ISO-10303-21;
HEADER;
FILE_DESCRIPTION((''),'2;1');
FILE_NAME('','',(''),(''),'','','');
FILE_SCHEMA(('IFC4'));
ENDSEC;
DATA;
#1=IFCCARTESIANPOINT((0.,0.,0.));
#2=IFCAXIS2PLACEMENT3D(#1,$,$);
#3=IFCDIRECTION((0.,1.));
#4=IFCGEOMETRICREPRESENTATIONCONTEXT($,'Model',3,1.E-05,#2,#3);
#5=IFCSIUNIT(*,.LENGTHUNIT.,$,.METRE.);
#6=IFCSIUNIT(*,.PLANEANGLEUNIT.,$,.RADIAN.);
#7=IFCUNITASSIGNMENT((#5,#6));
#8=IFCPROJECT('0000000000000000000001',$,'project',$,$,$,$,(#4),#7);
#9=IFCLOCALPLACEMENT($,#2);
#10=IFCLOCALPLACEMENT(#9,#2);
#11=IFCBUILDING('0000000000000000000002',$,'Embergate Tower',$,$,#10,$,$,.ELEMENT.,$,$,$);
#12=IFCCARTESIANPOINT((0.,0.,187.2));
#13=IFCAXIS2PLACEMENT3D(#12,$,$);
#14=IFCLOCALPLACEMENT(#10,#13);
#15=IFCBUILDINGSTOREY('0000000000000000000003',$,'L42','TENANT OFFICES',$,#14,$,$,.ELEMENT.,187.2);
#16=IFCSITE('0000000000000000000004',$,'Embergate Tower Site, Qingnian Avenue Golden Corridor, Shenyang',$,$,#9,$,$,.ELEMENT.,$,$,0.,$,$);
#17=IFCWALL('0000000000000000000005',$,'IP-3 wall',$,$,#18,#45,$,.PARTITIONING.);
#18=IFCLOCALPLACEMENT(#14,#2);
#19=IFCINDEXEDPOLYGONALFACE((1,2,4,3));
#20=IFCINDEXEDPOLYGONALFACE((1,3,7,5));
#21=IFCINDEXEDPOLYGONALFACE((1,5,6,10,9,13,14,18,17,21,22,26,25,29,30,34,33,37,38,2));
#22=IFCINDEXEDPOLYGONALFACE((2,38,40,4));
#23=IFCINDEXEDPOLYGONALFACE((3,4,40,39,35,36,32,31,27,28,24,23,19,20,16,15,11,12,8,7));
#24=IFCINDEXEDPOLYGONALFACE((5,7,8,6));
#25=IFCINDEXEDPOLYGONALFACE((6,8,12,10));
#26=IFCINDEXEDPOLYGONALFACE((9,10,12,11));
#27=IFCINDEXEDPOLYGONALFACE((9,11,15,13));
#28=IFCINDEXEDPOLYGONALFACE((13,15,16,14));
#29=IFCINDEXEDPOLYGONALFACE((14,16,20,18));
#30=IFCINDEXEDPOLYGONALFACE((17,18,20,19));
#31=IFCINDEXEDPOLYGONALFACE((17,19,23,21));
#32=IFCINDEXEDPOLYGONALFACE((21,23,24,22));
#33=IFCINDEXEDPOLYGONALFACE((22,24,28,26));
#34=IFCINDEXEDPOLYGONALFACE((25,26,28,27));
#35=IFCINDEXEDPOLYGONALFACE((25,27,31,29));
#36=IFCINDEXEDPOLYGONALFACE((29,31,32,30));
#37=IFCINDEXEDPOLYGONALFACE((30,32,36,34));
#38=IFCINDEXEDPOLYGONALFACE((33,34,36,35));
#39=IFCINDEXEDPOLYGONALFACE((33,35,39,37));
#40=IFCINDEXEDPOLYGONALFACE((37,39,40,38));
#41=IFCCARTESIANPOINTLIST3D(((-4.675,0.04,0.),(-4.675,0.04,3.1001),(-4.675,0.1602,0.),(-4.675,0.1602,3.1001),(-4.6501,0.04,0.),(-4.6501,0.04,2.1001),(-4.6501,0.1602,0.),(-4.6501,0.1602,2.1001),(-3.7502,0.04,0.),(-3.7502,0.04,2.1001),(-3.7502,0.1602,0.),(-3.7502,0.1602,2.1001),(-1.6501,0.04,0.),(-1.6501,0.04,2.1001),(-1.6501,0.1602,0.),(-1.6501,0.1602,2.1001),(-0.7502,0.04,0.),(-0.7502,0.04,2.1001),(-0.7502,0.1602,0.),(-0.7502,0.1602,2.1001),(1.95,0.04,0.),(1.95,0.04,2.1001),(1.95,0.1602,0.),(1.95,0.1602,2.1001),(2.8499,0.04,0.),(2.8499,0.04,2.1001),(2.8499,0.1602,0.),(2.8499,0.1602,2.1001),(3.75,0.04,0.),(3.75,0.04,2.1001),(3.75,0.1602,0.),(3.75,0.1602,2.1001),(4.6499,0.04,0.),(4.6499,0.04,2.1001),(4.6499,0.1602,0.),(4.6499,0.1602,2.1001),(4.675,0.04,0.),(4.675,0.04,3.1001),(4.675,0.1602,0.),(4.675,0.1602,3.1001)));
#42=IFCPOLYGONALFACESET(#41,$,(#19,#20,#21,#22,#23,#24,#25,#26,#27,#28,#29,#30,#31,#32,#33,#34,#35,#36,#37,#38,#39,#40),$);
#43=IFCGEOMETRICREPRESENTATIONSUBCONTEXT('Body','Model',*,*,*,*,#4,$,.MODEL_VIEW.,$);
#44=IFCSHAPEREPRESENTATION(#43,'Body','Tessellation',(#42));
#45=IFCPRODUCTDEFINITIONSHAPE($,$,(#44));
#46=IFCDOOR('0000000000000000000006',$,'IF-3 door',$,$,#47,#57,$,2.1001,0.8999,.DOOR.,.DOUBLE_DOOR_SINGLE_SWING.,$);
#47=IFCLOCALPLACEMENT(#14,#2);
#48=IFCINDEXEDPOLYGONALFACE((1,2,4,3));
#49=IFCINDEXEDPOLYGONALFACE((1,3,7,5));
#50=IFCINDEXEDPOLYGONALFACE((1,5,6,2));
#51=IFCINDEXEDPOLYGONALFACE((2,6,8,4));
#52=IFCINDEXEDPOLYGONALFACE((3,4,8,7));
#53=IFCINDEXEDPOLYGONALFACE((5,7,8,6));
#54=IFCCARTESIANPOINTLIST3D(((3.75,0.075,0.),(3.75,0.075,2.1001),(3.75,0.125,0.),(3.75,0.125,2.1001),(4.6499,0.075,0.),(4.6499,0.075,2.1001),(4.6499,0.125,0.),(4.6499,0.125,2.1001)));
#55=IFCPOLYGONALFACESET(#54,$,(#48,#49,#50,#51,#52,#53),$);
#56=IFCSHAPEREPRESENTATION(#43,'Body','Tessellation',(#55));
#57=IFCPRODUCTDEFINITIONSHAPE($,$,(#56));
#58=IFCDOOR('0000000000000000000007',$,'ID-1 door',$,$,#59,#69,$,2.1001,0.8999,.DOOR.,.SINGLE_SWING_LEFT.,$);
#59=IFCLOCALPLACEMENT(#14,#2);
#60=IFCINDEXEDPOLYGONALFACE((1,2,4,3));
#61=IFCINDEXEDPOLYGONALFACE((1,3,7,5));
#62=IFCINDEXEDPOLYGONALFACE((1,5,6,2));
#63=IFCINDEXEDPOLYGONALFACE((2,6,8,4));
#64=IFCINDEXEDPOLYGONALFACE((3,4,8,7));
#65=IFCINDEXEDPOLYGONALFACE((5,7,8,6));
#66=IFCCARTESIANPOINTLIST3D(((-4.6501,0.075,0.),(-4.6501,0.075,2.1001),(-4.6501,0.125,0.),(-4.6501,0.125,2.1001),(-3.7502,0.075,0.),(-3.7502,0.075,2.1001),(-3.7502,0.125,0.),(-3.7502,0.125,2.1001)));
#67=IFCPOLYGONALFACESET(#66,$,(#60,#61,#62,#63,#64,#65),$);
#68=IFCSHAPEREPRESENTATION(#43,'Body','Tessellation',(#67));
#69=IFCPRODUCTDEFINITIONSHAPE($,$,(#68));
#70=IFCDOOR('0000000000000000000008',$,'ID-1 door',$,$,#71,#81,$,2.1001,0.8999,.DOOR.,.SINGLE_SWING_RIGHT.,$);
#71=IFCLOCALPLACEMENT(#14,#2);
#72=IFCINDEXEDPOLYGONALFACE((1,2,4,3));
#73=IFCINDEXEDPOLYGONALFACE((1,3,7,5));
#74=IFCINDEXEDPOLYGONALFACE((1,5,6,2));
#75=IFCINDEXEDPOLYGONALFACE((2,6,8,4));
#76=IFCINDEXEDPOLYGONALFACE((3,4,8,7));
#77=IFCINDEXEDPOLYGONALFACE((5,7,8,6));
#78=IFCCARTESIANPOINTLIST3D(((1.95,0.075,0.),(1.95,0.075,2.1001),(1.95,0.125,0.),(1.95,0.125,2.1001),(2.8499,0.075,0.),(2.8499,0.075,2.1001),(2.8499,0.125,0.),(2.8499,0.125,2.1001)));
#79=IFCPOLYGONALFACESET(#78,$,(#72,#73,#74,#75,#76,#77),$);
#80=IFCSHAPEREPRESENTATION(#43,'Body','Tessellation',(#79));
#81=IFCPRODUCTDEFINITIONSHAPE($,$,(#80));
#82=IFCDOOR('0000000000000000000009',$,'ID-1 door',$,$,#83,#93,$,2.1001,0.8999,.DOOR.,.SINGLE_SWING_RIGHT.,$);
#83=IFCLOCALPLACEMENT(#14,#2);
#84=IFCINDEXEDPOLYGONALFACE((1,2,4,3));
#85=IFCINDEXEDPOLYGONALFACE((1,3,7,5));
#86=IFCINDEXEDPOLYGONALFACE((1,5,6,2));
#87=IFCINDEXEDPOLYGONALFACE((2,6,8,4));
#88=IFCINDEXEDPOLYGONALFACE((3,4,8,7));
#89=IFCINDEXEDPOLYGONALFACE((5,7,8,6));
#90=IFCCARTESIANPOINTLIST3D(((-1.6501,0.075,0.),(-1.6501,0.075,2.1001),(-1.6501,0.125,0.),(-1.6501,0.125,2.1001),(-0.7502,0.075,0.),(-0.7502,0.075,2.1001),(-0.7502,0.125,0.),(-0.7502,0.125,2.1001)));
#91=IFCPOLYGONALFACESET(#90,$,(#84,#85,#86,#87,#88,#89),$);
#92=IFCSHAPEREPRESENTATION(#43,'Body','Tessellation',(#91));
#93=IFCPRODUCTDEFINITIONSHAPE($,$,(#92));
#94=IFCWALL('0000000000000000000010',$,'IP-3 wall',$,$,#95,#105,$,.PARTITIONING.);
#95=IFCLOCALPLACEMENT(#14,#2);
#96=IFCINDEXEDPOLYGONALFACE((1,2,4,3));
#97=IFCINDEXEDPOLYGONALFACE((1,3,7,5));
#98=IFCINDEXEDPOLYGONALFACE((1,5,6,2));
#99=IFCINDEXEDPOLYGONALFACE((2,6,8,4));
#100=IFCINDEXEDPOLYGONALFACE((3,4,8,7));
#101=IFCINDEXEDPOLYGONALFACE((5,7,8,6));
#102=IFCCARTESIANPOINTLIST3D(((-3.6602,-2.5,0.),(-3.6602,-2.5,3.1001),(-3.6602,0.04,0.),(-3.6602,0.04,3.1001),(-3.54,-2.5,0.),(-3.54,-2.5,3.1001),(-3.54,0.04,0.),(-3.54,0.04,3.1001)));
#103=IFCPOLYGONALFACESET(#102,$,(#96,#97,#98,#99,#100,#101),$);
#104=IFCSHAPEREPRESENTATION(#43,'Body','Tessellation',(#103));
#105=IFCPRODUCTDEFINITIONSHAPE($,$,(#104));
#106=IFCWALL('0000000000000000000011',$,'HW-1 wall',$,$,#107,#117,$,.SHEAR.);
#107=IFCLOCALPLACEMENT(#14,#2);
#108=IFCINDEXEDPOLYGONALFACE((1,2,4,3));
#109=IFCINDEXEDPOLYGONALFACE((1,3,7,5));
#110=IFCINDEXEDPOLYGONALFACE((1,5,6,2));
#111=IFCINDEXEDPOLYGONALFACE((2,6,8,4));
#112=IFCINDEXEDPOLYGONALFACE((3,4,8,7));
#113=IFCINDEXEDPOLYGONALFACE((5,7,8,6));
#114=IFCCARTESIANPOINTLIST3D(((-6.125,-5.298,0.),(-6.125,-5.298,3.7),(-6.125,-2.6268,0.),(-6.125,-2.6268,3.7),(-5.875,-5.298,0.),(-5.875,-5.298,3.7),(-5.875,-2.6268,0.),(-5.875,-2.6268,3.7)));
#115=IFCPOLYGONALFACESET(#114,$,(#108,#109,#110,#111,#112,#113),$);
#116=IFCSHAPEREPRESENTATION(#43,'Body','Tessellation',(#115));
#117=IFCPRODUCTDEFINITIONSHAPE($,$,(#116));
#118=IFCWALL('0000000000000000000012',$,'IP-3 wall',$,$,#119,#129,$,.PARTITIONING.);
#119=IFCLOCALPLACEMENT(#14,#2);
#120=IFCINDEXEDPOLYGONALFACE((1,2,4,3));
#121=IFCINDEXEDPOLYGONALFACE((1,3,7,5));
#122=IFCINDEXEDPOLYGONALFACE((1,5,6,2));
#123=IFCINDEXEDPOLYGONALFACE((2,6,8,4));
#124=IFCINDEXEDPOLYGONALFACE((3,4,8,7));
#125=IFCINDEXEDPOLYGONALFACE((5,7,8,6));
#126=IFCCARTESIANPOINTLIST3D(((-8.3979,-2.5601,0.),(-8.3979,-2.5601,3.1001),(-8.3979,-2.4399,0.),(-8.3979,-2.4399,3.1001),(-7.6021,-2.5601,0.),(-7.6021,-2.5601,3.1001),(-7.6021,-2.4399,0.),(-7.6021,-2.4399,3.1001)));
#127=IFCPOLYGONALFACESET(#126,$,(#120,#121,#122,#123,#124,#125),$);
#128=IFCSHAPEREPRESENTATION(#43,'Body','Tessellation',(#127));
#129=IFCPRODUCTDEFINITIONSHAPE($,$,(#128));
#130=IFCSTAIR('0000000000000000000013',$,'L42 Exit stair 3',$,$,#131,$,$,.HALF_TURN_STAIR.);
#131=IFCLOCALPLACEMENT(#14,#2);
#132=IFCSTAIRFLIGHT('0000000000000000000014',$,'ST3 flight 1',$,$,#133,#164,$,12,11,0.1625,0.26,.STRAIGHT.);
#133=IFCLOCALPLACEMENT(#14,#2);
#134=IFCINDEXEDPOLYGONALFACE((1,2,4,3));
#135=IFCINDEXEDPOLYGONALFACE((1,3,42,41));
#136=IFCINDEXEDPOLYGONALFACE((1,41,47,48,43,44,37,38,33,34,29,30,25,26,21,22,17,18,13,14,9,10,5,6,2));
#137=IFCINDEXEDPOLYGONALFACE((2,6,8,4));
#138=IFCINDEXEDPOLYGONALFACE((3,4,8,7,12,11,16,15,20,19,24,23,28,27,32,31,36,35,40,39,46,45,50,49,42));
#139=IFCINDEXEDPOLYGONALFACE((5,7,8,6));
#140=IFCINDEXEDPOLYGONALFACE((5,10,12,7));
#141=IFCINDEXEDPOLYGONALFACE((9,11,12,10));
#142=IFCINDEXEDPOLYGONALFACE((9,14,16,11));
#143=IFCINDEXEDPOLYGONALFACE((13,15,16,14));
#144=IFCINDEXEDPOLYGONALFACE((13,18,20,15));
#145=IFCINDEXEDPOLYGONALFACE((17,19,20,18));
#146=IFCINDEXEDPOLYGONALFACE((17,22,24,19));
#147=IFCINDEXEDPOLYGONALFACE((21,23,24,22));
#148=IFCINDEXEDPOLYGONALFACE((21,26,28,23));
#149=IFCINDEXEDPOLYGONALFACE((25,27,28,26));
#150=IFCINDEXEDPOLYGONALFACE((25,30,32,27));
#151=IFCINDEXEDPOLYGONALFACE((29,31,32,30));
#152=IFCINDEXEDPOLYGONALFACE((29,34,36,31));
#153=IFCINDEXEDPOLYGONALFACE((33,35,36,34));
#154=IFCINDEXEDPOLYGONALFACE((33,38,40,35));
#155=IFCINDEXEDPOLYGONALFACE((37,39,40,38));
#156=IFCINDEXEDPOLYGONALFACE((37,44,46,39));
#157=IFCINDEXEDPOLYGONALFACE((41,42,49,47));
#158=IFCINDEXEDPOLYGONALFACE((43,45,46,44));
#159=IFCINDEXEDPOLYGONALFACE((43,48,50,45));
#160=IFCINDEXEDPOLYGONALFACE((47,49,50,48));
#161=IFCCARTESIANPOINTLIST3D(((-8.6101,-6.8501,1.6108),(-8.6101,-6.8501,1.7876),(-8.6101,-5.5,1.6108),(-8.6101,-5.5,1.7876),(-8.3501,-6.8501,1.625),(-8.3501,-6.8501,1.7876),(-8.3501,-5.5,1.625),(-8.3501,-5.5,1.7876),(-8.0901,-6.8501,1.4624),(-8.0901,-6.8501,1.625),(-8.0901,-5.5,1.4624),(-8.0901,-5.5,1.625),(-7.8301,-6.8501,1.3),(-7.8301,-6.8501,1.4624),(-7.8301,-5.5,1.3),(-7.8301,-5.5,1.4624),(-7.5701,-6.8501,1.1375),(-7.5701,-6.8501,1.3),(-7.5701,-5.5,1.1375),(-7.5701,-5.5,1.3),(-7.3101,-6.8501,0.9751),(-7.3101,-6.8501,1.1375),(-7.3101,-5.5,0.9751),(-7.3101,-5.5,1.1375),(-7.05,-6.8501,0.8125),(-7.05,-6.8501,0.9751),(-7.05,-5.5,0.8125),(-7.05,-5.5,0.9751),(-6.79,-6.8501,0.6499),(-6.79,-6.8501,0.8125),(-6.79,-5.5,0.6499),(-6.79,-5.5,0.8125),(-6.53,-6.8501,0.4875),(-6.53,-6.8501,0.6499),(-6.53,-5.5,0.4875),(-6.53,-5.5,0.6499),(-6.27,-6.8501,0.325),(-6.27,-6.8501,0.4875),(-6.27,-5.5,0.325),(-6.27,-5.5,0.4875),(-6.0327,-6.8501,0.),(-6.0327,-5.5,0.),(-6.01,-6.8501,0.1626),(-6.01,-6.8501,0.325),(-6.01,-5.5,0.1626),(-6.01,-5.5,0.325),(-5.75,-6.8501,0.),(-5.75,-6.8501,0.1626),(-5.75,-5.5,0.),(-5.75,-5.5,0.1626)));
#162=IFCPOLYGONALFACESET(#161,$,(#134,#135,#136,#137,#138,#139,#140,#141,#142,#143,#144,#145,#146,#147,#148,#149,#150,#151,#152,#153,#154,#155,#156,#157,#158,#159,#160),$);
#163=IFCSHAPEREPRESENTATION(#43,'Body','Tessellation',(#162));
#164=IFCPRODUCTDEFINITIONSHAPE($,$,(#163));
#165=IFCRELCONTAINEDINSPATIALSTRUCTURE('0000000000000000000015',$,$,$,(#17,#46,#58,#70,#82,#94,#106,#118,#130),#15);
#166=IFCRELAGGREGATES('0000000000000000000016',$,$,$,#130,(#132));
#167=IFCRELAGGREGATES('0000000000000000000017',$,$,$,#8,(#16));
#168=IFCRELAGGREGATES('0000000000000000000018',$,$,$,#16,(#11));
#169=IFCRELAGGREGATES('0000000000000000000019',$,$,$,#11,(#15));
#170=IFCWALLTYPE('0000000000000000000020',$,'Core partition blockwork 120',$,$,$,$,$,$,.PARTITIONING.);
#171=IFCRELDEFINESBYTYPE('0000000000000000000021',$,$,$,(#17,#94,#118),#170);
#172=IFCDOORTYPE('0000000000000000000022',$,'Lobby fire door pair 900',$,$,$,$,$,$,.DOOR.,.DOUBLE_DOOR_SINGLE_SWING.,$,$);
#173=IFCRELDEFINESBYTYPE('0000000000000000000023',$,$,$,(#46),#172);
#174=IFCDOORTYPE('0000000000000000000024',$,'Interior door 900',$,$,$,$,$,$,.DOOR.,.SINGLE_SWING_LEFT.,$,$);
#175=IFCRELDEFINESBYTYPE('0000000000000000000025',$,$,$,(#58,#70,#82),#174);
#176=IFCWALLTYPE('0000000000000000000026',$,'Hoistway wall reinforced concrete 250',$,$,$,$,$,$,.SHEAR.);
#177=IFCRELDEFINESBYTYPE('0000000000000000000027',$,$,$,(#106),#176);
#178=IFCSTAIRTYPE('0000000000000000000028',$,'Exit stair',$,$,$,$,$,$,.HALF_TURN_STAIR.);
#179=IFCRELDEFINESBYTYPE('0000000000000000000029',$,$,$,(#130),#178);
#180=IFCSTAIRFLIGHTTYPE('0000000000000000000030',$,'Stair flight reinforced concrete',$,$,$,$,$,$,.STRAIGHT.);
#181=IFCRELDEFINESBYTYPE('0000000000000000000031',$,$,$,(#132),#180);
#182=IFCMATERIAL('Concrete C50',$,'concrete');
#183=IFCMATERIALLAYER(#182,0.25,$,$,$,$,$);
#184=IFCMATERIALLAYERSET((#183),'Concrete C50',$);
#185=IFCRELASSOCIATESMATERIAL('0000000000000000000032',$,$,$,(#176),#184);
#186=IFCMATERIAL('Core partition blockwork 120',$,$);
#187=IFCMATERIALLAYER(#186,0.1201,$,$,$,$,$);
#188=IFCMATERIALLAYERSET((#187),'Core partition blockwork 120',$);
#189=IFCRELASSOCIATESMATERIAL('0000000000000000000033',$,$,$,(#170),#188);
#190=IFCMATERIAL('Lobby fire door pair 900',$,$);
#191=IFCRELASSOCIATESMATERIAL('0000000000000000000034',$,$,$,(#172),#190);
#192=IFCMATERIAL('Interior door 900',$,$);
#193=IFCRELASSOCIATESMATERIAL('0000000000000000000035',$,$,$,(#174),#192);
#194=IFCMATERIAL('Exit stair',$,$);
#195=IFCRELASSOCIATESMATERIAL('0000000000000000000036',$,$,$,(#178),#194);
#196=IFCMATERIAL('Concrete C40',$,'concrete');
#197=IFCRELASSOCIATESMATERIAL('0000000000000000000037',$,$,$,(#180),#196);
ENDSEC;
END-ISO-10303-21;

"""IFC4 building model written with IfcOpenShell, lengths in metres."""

from ifc_helpers import new_model, si_unit, direction, frame, frame_2d, origin, place, context, subcontext, project, spatial, polyline, rectangle, outline, extrude, source, transform, mapped, material, layer, layer_set, type_object, element, fill, aggregate, save


model = new_model("IFC4")

# Units and contexts
model_context = context("Model", 3, precision=1e-05, world=origin(), true_north=direction((0.0, 1.0)))
body_context = subcontext(model_context, "Body", "Model", "MODEL_VIEW")
ifc_project = project(units=[si_unit("LENGTHUNIT", "METRE"), si_unit("PLANEANGLEUNIT", "RADIAN")], contexts=[model_context])

# Site, building, storey
site_placement = place(None, origin())
site = spatial("IfcSite", under=ifc_project, at=site_placement, Name="Embergate Tower Site, Qingnian Avenue Golden Corridor, Shenyang", CompositionType="ELEMENT", RefElevation=0.0)
building_placement = place(site_placement, origin())
building = spatial("IfcBuilding", under=site, at=building_placement, Name="Embergate Tower", CompositionType="ELEMENT")
storey_placement = place(building_placement, frame((0.0, 0.0, 187.2)))
storey = spatial("IfcBuildingStorey", under=building, at=storey_placement, Name="L42", Description="TENANT OFFICES", CompositionType="ELEMENT", Elevation=187.2)

# Shared definitions
ifc_material_1 = material(Name="Concrete C50", Category="concrete")
ifc_layer_1 = layer(ifc_material_1, 0.25)
ifc_layer_set_1 = layer_set([ifc_layer_1], Name="Concrete C50")
wall_type_1 = type_object("IfcWallType", Name="Hoistway wall reinforced concrete 250", PredefinedType="SHEAR", material=ifc_layer_set_1)

# Shared definitions
ifc_material_2 = material(Name="Core partition blockwork 120")
ifc_layer_2 = layer(ifc_material_2, 0.1201)
ifc_layer_set_2 = layer_set([ifc_layer_2], Name="Core partition blockwork 120")
wall_type_2 = type_object("IfcWallType", Name="Core partition blockwork 120", PredefinedType="PARTITIONING", material=ifc_layer_set_2)

# Wall, openings, doors
shared_shape_1 = source(origin(), body_context, "Body", "SweptSolid", [
    extrude(rectangle(XDim=9.3501, YDim=0.1201, at=frame_2d((4.675, 0.0))), origin(), (0.0, 0.0, 1.0), 3.1001),
])
wall_1_placement = place(storey_placement, frame((-4.675, 0.1001, 0.0), z_axis=(0.0, 0.0, 1.0), x_axis=(1.0, 0.0, 0.0)))
wall_1 = element("IfcWall", 1, at=wall_1_placement, inside=storey, type_object=wall_type_2, Name="IP-3 wall", PredefinedType="PARTITIONING", context=body_context, shape_type="MappedRepresentation", body=[
    mapped(shared_shape_1, transform((0.0, 0.0, 0.0))),
])
shared_shape_2 = source(origin(), body_context, "Body", "SweptSolid", [
    extrude(rectangle(XDim=0.8999, YDim=2.1001, at=frame_2d((0.45, 1.05))), frame((0.0, 0.0701, 0.0), z_axis=(0.0, -1.0, 0.0), x_axis=(1.0, 0.0, 0.0)), (0.0, 0.0, 1.0), 0.1401),
])
opening_1_placement = place(wall_1_placement, frame((8.425, 0.0, 0.0)))
opening_1 = element("IfcOpeningElement", 2, at=opening_1_placement, cuts=wall_1, PredefinedType="OPENING", context=body_context, shape_type="MappedRepresentation", body=[
    mapped(shared_shape_2, transform((0.0, 0.0, 0.0))),
])
opening_2_placement = place(wall_1_placement, frame((0.0249, 0.0, 0.0)))
opening_2 = element("IfcOpeningElement", 3, at=opening_2_placement, cuts=wall_1, PredefinedType="OPENING", context=body_context, shape_type="MappedRepresentation", body=[
    mapped(shared_shape_2, transform((0.0, 0.0, 0.0))),
])
opening_3_placement = place(wall_1_placement, frame((6.625, 0.0, 0.0)))
opening_3 = element("IfcOpeningElement", 4, at=opening_3_placement, cuts=wall_1, PredefinedType="OPENING", context=body_context, shape_type="MappedRepresentation", body=[
    mapped(shared_shape_2, transform((0.0, 0.0, 0.0))),
])
opening_4_placement = place(wall_1_placement, frame((3.0249, 0.0, 0.0)))
opening_4 = element("IfcOpeningElement", 5, at=opening_4_placement, cuts=wall_1, PredefinedType="OPENING", context=body_context, shape_type="MappedRepresentation", body=[
    mapped(shared_shape_2, transform((0.0, 0.0, 0.0))),
])
ifc_material_3 = material(Name="Lobby fire door pair 900")
door_type_1 = type_object("IfcDoorType", Name="Lobby fire door pair 900", OperationType="DOUBLE_DOOR_SINGLE_SWING", PredefinedType="DOOR", material=ifc_material_3)
shared_shape_3 = source(origin(), body_context, "Body", "SweptSolid", [
    extrude(rectangle(XDim=0.8999, YDim=2.1001, at=frame_2d((0.45, 1.05))), frame((0.0, 0.0249, 0.0), z_axis=(0.0, -1.0, 0.0), x_axis=(1.0, 0.0, 0.0)), (0.0, 0.0, 1.0), 0.05),
])
door_1_placement = place(opening_1_placement, origin())
door_1 = element("IfcDoor", 6, at=door_1_placement, inside=storey, type_object=door_type_1, Name="IF-3 door", OperationType="DOUBLE_DOOR_SINGLE_SWING", OverallHeight=2.1001, OverallWidth=0.8999, PredefinedType="DOOR", context=body_context, shape_type="MappedRepresentation", body=[
    mapped(shared_shape_3, transform((0.0, 0.0, 0.0))),
])
fill(opening_1, door_1)
ifc_material_4 = material(Name="Interior door 900")
door_type_2 = type_object("IfcDoorType", Name="Interior door 900", OperationType="SINGLE_SWING_LEFT", PredefinedType="DOOR", material=ifc_material_4)
door_2_placement = place(opening_2_placement, origin())
door_2 = element("IfcDoor", 7, at=door_2_placement, inside=storey, type_object=door_type_2, Name="ID-1 door", OperationType="SINGLE_SWING_LEFT", OverallHeight=2.1001, OverallWidth=0.8999, PredefinedType="DOOR", context=body_context, shape_type="MappedRepresentation", body=[
    mapped(shared_shape_3, transform((0.0, 0.0, 0.0))),
])
fill(opening_2, door_2)
door_3_placement = place(opening_3_placement, origin())
door_3 = element("IfcDoor", 8, at=door_3_placement, inside=storey, type_object=door_type_2, Name="ID-1 door", OperationType="SINGLE_SWING_RIGHT", OverallHeight=2.1001, OverallWidth=0.8999, PredefinedType="DOOR", context=body_context, shape_type="MappedRepresentation", body=[
    mapped(shared_shape_3, transform((0.0, 0.0, 0.0))),
])
fill(opening_3, door_3)
door_4_placement = place(opening_4_placement, origin())
door_4 = element("IfcDoor", 9, at=door_4_placement, inside=storey, type_object=door_type_2, Name="ID-1 door", OperationType="SINGLE_SWING_RIGHT", OverallHeight=2.1001, OverallWidth=0.8999, PredefinedType="DOOR", context=body_context, shape_type="MappedRepresentation", body=[
    mapped(shared_shape_3, transform((0.0, 0.0, 0.0))),
])
fill(opening_4, door_4)

# Walls
shared_shape_4 = source(origin(), body_context, "Body", "SweptSolid", [
    extrude(rectangle(XDim=2.54, YDim=0.1201, at=frame_2d((1.27, 0.0))), origin(), (0.0, 0.0, 1.0), 3.1001),
])
wall_2_placement = place(storey_placement, frame((-3.6001, -2.5, 0.0), z_axis=(0.0, 0.0, 1.0), x_axis=(0.0, 1.0, 0.0)))
element("IfcWall", 10, at=wall_2_placement, inside=storey, type_object=wall_type_2, Name="IP-3 wall", PredefinedType="PARTITIONING", context=body_context, shape_type="MappedRepresentation", body=[
    mapped(shared_shape_4, transform((0.0, 0.0, 0.0))),
])
shared_shape_5 = source(origin(), body_context, "Body", "SweptSolid", [
    extrude(rectangle(XDim=2.6711, YDim=0.25, at=frame_2d((1.3354, 0.0))), origin(), (0.0, 0.0, 1.0), 3.7),
])
wall_3_placement = place(storey_placement, frame((-6.0, -2.627, 0.0), z_axis=(0.0, 0.0, 1.0), x_axis=(0.0, -1.0, 0.0)))
element("IfcWall", 11, at=wall_3_placement, inside=storey, type_object=wall_type_1, Name="HW-1 wall", PredefinedType="SHEAR", context=body_context, shape_type="MappedRepresentation", body=[
    mapped(shared_shape_5, transform((0.0, 0.0, 0.0))),
])
shared_shape_6 = source(origin(), body_context, "Body", "SweptSolid", [
    extrude(rectangle(XDim=0.7959, YDim=0.1201, at=frame_2d((0.3979, 0.0))), origin(), (0.0, 0.0, 1.0), 3.1001),
])
wall_4_placement = place(storey_placement, frame((-8.3979, -2.5, 0.0), z_axis=(0.0, 0.0, 1.0), x_axis=(1.0, 0.0, 0.0)))
element("IfcWall", 12, at=wall_4_placement, inside=storey, type_object=wall_type_2, Name="IP-3 wall", PredefinedType="PARTITIONING", context=body_context, shape_type="MappedRepresentation", body=[
    mapped(shared_shape_6, transform((0.0, 0.0, 0.0))),
])

# Stair, stair flight
ifc_material_5 = material(Name="Exit stair")
stair_type = type_object("IfcStairType", Name="Exit stair", PredefinedType="HALF_TURN_STAIR", material=ifc_material_5)
stair_placement = place(storey_placement, origin())
stair = element("IfcStair", 13, at=stair_placement, inside=storey, type_object=stair_type, Name="L42 Exit stair 3", PredefinedType="HALF_TURN_STAIR")
ifc_material_6 = material(Name="Concrete C40", Category="concrete")
stair_flight_type = type_object("IfcStairFlightType", Name="Stair flight reinforced concrete", PredefinedType="STRAIGHT", material=ifc_material_6)
shared_shape_7 = source(origin(), body_context, "Body", "SweptSolid", [
    extrude(outline(polyline([(0.0, 0.0), (0.0, 0.1626), (0.26, 0.1626), (0.26, 0.325), (0.52, 0.325), (0.52, 0.4875), (0.78, 0.4875), (0.78, 0.6499), (1.04, 0.6499), (1.04, 0.8125), (1.3, 0.8125), (1.3, 0.9751), (1.5601, 0.9751), (1.5601, 1.1375), (1.8201, 1.1375), (1.8201, 1.3), (2.0801, 1.3), (2.0801, 1.4624), (2.3401, 1.4624), (2.3401, 1.625), (2.6001, 1.625), (2.6001, 1.7876), (2.8601, 1.7876), (2.8601, 1.95), (2.8601, 1.6108), (0.2827, 0.0), (0.0, 0.0)])), frame((0.0, 0.675, 0.0), z_axis=(0.0, -1.0, 0.0), x_axis=(1.0, 0.0, 0.0)), (0.0, 0.0, 1.0), 1.3501),
])
stair_flight_placement = place(storey_placement, frame((-5.75, -6.175, 0.0), z_axis=(0.0, 0.0, 1.0), x_axis=(-1.0, 0.0, 0.0)))
stair_flight = element("IfcStairFlight", 14, at=stair_flight_placement, type_object=stair_flight_type, Name="ST3 flight 1", NumberOfRisers=12, NumberOfTreads=11, PredefinedType="STRAIGHT", RiserHeight=0.1625, TreadLength=0.26, context=body_context, shape_type="MappedRepresentation", body=[
    mapped(shared_shape_7, transform((0.0, 0.0, 0.0))),
])
aggregate(stair, [stair_flight])

save(model, "model.ifc")
